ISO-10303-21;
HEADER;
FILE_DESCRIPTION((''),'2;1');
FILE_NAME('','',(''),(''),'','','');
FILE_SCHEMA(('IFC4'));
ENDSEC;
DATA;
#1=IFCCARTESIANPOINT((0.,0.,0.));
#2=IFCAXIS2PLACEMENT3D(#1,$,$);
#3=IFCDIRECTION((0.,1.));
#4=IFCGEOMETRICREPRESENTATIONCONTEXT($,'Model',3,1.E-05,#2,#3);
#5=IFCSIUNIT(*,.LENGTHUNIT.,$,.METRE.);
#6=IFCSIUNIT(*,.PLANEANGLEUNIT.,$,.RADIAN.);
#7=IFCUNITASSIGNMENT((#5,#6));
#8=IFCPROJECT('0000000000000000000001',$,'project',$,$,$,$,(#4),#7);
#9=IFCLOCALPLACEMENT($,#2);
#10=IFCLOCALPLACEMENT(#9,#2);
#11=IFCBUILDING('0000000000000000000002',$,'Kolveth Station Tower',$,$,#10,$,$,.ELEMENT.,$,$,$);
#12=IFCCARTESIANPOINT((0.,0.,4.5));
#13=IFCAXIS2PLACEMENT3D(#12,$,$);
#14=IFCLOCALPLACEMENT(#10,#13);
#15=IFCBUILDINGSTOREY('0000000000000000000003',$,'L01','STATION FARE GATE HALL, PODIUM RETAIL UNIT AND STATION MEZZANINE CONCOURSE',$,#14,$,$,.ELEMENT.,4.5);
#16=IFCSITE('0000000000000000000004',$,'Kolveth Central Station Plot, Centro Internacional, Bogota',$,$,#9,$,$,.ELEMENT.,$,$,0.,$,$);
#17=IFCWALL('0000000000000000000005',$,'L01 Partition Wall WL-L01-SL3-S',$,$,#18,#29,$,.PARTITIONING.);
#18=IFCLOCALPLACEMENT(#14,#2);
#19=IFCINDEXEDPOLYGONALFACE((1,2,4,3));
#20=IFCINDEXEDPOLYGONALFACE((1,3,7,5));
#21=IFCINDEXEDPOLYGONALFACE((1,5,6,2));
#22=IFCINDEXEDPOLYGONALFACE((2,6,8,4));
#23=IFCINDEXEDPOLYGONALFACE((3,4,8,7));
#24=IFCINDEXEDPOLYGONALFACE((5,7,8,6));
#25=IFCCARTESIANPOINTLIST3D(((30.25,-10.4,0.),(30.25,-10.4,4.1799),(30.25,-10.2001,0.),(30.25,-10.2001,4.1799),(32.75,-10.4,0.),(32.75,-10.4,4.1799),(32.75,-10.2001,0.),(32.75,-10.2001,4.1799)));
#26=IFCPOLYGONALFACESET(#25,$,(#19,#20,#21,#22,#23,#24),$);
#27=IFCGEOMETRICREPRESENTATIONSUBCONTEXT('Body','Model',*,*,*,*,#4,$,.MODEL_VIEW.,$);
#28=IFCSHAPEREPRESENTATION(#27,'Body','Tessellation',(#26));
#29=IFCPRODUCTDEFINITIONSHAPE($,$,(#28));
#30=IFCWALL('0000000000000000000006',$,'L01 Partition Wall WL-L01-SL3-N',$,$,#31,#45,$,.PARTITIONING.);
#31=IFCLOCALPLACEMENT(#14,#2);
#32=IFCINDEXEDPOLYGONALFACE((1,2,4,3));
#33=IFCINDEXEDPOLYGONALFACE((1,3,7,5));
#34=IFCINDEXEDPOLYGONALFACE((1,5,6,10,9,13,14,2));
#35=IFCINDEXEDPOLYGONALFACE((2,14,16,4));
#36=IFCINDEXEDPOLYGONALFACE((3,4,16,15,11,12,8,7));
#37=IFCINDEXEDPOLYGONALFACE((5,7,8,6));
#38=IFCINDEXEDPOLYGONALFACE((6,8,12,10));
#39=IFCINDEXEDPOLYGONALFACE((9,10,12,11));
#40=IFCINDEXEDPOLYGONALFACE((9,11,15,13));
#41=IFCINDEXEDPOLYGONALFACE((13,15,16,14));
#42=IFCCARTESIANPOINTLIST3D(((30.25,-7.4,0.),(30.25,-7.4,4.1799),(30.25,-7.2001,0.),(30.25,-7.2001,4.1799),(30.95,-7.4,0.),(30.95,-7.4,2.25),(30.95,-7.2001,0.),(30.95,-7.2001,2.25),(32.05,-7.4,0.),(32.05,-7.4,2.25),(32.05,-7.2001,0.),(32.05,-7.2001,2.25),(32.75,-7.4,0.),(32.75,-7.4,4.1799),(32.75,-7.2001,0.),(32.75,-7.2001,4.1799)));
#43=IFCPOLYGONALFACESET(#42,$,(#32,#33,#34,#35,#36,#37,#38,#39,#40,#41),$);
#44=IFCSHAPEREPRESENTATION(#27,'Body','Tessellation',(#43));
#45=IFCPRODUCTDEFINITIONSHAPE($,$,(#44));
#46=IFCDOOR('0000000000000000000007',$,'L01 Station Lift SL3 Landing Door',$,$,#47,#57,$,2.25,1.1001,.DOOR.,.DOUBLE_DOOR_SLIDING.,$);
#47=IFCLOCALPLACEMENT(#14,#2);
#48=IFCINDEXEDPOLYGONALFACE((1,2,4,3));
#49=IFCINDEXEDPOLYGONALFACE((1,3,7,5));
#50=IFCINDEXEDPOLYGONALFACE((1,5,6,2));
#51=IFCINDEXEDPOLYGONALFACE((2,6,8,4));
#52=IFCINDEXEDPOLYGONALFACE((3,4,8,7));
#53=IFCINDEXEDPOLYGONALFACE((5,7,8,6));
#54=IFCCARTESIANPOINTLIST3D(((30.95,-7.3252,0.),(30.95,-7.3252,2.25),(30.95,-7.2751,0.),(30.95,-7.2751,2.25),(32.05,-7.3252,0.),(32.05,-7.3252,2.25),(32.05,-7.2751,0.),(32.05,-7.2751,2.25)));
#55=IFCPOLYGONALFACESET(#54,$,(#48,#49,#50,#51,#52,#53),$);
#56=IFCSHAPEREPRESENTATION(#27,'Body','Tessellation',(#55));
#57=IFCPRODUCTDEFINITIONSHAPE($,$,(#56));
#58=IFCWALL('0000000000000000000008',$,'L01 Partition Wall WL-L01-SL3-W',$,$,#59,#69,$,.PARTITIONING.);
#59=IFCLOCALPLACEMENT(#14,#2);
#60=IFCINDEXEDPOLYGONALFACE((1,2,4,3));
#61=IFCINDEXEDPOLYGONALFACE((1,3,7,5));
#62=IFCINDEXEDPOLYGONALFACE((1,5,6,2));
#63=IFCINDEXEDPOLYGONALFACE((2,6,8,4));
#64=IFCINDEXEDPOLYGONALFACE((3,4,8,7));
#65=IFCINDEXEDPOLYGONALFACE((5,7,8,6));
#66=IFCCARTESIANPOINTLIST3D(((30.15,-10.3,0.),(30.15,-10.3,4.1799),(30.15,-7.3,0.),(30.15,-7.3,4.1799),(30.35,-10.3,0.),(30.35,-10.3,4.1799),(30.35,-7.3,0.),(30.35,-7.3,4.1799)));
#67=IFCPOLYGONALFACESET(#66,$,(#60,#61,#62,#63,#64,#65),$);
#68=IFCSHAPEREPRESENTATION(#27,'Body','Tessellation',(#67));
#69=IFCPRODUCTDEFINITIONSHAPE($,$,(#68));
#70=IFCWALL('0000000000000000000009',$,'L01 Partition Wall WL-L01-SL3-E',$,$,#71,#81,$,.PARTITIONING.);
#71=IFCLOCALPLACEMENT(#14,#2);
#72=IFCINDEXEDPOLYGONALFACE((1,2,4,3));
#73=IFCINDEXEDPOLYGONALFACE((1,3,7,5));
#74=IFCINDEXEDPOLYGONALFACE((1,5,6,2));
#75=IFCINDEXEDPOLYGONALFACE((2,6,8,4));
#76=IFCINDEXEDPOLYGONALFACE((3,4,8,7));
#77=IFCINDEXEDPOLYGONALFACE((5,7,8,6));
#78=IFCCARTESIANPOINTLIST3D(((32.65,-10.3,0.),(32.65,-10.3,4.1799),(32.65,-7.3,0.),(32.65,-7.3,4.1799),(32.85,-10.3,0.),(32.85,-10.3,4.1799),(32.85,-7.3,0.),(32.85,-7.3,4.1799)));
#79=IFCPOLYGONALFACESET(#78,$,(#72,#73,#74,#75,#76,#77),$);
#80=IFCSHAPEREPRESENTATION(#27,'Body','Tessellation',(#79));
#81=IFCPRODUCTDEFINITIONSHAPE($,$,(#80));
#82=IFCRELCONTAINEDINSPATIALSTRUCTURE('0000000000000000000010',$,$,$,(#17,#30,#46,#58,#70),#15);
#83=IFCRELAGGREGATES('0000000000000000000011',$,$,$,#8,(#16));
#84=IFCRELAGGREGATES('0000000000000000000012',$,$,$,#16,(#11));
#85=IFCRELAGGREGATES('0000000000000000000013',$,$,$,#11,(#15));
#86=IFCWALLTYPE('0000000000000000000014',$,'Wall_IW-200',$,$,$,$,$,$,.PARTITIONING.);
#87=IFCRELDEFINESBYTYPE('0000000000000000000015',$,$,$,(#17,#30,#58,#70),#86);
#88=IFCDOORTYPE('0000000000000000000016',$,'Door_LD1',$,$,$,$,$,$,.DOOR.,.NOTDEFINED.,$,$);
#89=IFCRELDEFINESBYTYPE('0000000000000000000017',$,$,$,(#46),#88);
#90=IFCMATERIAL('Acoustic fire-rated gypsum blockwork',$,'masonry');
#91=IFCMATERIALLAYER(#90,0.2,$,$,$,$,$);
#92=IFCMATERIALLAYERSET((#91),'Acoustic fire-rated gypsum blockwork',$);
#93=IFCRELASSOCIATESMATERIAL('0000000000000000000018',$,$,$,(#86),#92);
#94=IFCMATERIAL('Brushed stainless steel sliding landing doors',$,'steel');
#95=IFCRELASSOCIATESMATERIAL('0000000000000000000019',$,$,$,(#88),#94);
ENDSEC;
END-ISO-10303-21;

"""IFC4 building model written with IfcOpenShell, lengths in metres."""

from ifc_helpers import new_model, si_unit, direction, frame, frame_2d, origin, place, context, subcontext, project, spatial, rectangle, extrude, material, layer, layer_set, type_object, element, fill, save


model = new_model("IFC4")

# Units and contexts
model_context = context("Model", 3, precision=1e-05, world=origin(), true_north=direction((0.0, 1.0)))
body_context = subcontext(model_context, "Body", "Model", "MODEL_VIEW")
ifc_project = project(units=[si_unit("LENGTHUNIT", "METRE"), si_unit("PLANEANGLEUNIT", "RADIAN")], contexts=[model_context])

# Site, building, storey
site_placement = place(None, origin())
site = spatial("IfcSite", under=ifc_project, at=site_placement, Name="Kolveth Central Station Plot, Centro Internacional, Bogota", CompositionType="ELEMENT", RefElevation=0.0)
building_placement = place(site_placement, origin())
building = spatial("IfcBuilding", under=site, at=building_placement, Name="Kolveth Station Tower", CompositionType="ELEMENT")
storey_placement = place(building_placement, frame((0.0, 0.0, 4.5)))
storey = spatial("IfcBuildingStorey", under=building, at=storey_placement, Name="L01", Description="STATION FARE GATE HALL, PODIUM RETAIL UNIT AND STATION MEZZANINE CONCOURSE", CompositionType="ELEMENT", Elevation=4.5)

# Shared definitions
ifc_material_1 = material(Name="Acoustic fire-rated gypsum blockwork", Category="masonry")
ifc_layer_1 = layer(ifc_material_1, 0.2)
ifc_layer_set_1 = layer_set([ifc_layer_1], Name="Acoustic fire-rated gypsum blockwork")
wall_type_1 = type_object("IfcWallType", Name="Wall_IW-200", PredefinedType="PARTITIONING", material=ifc_layer_set_1)

# Wall
wall_1_placement = place(storey_placement, frame((30.25, -10.3, 0.0), z_axis=(0.0, 0.0, 1.0), x_axis=(1.0, 0.0, 0.0)))
element("IfcWall", 1, at=wall_1_placement, inside=storey, type_object=wall_type_1, Name="L01 Partition Wall WL-L01-SL3-S", PredefinedType="PARTITIONING", context=body_context, shape_type="SweptSolid", body=[
    extrude(rectangle(XDim=2.5, YDim=0.2, at=frame_2d((1.25, 0.0))), origin(), (0.0, 0.0, 1.0), 4.1799),
])

# Wall, opening, door
wall_2_placement = place(storey_placement, frame((30.25, -7.3, 0.0), z_axis=(0.0, 0.0, 1.0), x_axis=(1.0, 0.0, 0.0)))
wall_2 = element("IfcWall", 2, at=wall_2_placement, inside=storey, type_object=wall_type_1, Name="L01 Partition Wall WL-L01-SL3-N", PredefinedType="PARTITIONING", context=body_context, shape_type="SweptSolid", body=[
    extrude(rectangle(XDim=2.5, YDim=0.2, at=frame_2d((1.25, 0.0))), origin(), (0.0, 0.0, 1.0), 4.1799),
])
opening_1_placement = place(wall_2_placement, frame((0.7, 0.0, 0.0)))
opening_1 = element("IfcOpeningElement", 3, at=opening_1_placement, cuts=wall_2, PredefinedType="OPENING", context=body_context, shape_type="SweptSolid", body=[
    extrude(rectangle(XDim=1.1001, YDim=2.25, at=frame_2d((0.55, 1.125))), frame((0.0, 0.1099, 0.0), z_axis=(0.0, -1.0, 0.0), x_axis=(1.0, 0.0, 0.0)), (0.0, 0.0, 1.0), 0.22),
])
ifc_material_2 = material(Name="Brushed stainless steel sliding landing doors", Category="steel")
door_type_1 = type_object("IfcDoorType", Name="Door_LD1", OperationType="NOTDEFINED", PredefinedType="DOOR", material=ifc_material_2)
door_1_placement = place(opening_1_placement, origin())
door_1 = element("IfcDoor", 4, at=door_1_placement, inside=storey, type_object=door_type_1, Name="L01 Station Lift SL3 Landing Door", OperationType="DOUBLE_DOOR_SLIDING", OverallHeight=2.25, OverallWidth=1.1001, PredefinedType="DOOR", context=body_context, shape_type="SweptSolid", body=[
    extrude(rectangle(XDim=1.1001, YDim=2.25, at=frame_2d((0.55, 1.125))), frame((0.0, 0.0249, 0.0), z_axis=(0.0, -1.0, 0.0), x_axis=(1.0, 0.0, 0.0)), (0.0, 0.0, 1.0), 0.05),
])
fill(opening_1, door_1)

# Walls
for number, where, z_axis, x_axis, name in (
    (5, (30.25, -10.3, 0.0), (0.0, 0.0, 1.0), (0.0, 1.0, 0.0), "L01 Partition Wall WL-L01-SL3-W"),
    (6, (32.75, -10.3, 0.0), (0.0, 0.0, 1.0), (0.0, 1.0, 0.0), "L01 Partition Wall WL-L01-SL3-E"),
):
    element("IfcWall", number, at=place(storey_placement, frame(where, z_axis=z_axis, x_axis=x_axis)), inside=storey, type_object=wall_type_1, Name=name, PredefinedType="PARTITIONING", context=body_context, shape_type="SweptSolid", body=[
        extrude(rectangle(XDim=3.0, YDim=0.2, at=frame_2d((1.5, 0.0))), origin(), (0.0, 0.0, 1.0), 4.1799),
    ])

save(model, "model.ifc")
